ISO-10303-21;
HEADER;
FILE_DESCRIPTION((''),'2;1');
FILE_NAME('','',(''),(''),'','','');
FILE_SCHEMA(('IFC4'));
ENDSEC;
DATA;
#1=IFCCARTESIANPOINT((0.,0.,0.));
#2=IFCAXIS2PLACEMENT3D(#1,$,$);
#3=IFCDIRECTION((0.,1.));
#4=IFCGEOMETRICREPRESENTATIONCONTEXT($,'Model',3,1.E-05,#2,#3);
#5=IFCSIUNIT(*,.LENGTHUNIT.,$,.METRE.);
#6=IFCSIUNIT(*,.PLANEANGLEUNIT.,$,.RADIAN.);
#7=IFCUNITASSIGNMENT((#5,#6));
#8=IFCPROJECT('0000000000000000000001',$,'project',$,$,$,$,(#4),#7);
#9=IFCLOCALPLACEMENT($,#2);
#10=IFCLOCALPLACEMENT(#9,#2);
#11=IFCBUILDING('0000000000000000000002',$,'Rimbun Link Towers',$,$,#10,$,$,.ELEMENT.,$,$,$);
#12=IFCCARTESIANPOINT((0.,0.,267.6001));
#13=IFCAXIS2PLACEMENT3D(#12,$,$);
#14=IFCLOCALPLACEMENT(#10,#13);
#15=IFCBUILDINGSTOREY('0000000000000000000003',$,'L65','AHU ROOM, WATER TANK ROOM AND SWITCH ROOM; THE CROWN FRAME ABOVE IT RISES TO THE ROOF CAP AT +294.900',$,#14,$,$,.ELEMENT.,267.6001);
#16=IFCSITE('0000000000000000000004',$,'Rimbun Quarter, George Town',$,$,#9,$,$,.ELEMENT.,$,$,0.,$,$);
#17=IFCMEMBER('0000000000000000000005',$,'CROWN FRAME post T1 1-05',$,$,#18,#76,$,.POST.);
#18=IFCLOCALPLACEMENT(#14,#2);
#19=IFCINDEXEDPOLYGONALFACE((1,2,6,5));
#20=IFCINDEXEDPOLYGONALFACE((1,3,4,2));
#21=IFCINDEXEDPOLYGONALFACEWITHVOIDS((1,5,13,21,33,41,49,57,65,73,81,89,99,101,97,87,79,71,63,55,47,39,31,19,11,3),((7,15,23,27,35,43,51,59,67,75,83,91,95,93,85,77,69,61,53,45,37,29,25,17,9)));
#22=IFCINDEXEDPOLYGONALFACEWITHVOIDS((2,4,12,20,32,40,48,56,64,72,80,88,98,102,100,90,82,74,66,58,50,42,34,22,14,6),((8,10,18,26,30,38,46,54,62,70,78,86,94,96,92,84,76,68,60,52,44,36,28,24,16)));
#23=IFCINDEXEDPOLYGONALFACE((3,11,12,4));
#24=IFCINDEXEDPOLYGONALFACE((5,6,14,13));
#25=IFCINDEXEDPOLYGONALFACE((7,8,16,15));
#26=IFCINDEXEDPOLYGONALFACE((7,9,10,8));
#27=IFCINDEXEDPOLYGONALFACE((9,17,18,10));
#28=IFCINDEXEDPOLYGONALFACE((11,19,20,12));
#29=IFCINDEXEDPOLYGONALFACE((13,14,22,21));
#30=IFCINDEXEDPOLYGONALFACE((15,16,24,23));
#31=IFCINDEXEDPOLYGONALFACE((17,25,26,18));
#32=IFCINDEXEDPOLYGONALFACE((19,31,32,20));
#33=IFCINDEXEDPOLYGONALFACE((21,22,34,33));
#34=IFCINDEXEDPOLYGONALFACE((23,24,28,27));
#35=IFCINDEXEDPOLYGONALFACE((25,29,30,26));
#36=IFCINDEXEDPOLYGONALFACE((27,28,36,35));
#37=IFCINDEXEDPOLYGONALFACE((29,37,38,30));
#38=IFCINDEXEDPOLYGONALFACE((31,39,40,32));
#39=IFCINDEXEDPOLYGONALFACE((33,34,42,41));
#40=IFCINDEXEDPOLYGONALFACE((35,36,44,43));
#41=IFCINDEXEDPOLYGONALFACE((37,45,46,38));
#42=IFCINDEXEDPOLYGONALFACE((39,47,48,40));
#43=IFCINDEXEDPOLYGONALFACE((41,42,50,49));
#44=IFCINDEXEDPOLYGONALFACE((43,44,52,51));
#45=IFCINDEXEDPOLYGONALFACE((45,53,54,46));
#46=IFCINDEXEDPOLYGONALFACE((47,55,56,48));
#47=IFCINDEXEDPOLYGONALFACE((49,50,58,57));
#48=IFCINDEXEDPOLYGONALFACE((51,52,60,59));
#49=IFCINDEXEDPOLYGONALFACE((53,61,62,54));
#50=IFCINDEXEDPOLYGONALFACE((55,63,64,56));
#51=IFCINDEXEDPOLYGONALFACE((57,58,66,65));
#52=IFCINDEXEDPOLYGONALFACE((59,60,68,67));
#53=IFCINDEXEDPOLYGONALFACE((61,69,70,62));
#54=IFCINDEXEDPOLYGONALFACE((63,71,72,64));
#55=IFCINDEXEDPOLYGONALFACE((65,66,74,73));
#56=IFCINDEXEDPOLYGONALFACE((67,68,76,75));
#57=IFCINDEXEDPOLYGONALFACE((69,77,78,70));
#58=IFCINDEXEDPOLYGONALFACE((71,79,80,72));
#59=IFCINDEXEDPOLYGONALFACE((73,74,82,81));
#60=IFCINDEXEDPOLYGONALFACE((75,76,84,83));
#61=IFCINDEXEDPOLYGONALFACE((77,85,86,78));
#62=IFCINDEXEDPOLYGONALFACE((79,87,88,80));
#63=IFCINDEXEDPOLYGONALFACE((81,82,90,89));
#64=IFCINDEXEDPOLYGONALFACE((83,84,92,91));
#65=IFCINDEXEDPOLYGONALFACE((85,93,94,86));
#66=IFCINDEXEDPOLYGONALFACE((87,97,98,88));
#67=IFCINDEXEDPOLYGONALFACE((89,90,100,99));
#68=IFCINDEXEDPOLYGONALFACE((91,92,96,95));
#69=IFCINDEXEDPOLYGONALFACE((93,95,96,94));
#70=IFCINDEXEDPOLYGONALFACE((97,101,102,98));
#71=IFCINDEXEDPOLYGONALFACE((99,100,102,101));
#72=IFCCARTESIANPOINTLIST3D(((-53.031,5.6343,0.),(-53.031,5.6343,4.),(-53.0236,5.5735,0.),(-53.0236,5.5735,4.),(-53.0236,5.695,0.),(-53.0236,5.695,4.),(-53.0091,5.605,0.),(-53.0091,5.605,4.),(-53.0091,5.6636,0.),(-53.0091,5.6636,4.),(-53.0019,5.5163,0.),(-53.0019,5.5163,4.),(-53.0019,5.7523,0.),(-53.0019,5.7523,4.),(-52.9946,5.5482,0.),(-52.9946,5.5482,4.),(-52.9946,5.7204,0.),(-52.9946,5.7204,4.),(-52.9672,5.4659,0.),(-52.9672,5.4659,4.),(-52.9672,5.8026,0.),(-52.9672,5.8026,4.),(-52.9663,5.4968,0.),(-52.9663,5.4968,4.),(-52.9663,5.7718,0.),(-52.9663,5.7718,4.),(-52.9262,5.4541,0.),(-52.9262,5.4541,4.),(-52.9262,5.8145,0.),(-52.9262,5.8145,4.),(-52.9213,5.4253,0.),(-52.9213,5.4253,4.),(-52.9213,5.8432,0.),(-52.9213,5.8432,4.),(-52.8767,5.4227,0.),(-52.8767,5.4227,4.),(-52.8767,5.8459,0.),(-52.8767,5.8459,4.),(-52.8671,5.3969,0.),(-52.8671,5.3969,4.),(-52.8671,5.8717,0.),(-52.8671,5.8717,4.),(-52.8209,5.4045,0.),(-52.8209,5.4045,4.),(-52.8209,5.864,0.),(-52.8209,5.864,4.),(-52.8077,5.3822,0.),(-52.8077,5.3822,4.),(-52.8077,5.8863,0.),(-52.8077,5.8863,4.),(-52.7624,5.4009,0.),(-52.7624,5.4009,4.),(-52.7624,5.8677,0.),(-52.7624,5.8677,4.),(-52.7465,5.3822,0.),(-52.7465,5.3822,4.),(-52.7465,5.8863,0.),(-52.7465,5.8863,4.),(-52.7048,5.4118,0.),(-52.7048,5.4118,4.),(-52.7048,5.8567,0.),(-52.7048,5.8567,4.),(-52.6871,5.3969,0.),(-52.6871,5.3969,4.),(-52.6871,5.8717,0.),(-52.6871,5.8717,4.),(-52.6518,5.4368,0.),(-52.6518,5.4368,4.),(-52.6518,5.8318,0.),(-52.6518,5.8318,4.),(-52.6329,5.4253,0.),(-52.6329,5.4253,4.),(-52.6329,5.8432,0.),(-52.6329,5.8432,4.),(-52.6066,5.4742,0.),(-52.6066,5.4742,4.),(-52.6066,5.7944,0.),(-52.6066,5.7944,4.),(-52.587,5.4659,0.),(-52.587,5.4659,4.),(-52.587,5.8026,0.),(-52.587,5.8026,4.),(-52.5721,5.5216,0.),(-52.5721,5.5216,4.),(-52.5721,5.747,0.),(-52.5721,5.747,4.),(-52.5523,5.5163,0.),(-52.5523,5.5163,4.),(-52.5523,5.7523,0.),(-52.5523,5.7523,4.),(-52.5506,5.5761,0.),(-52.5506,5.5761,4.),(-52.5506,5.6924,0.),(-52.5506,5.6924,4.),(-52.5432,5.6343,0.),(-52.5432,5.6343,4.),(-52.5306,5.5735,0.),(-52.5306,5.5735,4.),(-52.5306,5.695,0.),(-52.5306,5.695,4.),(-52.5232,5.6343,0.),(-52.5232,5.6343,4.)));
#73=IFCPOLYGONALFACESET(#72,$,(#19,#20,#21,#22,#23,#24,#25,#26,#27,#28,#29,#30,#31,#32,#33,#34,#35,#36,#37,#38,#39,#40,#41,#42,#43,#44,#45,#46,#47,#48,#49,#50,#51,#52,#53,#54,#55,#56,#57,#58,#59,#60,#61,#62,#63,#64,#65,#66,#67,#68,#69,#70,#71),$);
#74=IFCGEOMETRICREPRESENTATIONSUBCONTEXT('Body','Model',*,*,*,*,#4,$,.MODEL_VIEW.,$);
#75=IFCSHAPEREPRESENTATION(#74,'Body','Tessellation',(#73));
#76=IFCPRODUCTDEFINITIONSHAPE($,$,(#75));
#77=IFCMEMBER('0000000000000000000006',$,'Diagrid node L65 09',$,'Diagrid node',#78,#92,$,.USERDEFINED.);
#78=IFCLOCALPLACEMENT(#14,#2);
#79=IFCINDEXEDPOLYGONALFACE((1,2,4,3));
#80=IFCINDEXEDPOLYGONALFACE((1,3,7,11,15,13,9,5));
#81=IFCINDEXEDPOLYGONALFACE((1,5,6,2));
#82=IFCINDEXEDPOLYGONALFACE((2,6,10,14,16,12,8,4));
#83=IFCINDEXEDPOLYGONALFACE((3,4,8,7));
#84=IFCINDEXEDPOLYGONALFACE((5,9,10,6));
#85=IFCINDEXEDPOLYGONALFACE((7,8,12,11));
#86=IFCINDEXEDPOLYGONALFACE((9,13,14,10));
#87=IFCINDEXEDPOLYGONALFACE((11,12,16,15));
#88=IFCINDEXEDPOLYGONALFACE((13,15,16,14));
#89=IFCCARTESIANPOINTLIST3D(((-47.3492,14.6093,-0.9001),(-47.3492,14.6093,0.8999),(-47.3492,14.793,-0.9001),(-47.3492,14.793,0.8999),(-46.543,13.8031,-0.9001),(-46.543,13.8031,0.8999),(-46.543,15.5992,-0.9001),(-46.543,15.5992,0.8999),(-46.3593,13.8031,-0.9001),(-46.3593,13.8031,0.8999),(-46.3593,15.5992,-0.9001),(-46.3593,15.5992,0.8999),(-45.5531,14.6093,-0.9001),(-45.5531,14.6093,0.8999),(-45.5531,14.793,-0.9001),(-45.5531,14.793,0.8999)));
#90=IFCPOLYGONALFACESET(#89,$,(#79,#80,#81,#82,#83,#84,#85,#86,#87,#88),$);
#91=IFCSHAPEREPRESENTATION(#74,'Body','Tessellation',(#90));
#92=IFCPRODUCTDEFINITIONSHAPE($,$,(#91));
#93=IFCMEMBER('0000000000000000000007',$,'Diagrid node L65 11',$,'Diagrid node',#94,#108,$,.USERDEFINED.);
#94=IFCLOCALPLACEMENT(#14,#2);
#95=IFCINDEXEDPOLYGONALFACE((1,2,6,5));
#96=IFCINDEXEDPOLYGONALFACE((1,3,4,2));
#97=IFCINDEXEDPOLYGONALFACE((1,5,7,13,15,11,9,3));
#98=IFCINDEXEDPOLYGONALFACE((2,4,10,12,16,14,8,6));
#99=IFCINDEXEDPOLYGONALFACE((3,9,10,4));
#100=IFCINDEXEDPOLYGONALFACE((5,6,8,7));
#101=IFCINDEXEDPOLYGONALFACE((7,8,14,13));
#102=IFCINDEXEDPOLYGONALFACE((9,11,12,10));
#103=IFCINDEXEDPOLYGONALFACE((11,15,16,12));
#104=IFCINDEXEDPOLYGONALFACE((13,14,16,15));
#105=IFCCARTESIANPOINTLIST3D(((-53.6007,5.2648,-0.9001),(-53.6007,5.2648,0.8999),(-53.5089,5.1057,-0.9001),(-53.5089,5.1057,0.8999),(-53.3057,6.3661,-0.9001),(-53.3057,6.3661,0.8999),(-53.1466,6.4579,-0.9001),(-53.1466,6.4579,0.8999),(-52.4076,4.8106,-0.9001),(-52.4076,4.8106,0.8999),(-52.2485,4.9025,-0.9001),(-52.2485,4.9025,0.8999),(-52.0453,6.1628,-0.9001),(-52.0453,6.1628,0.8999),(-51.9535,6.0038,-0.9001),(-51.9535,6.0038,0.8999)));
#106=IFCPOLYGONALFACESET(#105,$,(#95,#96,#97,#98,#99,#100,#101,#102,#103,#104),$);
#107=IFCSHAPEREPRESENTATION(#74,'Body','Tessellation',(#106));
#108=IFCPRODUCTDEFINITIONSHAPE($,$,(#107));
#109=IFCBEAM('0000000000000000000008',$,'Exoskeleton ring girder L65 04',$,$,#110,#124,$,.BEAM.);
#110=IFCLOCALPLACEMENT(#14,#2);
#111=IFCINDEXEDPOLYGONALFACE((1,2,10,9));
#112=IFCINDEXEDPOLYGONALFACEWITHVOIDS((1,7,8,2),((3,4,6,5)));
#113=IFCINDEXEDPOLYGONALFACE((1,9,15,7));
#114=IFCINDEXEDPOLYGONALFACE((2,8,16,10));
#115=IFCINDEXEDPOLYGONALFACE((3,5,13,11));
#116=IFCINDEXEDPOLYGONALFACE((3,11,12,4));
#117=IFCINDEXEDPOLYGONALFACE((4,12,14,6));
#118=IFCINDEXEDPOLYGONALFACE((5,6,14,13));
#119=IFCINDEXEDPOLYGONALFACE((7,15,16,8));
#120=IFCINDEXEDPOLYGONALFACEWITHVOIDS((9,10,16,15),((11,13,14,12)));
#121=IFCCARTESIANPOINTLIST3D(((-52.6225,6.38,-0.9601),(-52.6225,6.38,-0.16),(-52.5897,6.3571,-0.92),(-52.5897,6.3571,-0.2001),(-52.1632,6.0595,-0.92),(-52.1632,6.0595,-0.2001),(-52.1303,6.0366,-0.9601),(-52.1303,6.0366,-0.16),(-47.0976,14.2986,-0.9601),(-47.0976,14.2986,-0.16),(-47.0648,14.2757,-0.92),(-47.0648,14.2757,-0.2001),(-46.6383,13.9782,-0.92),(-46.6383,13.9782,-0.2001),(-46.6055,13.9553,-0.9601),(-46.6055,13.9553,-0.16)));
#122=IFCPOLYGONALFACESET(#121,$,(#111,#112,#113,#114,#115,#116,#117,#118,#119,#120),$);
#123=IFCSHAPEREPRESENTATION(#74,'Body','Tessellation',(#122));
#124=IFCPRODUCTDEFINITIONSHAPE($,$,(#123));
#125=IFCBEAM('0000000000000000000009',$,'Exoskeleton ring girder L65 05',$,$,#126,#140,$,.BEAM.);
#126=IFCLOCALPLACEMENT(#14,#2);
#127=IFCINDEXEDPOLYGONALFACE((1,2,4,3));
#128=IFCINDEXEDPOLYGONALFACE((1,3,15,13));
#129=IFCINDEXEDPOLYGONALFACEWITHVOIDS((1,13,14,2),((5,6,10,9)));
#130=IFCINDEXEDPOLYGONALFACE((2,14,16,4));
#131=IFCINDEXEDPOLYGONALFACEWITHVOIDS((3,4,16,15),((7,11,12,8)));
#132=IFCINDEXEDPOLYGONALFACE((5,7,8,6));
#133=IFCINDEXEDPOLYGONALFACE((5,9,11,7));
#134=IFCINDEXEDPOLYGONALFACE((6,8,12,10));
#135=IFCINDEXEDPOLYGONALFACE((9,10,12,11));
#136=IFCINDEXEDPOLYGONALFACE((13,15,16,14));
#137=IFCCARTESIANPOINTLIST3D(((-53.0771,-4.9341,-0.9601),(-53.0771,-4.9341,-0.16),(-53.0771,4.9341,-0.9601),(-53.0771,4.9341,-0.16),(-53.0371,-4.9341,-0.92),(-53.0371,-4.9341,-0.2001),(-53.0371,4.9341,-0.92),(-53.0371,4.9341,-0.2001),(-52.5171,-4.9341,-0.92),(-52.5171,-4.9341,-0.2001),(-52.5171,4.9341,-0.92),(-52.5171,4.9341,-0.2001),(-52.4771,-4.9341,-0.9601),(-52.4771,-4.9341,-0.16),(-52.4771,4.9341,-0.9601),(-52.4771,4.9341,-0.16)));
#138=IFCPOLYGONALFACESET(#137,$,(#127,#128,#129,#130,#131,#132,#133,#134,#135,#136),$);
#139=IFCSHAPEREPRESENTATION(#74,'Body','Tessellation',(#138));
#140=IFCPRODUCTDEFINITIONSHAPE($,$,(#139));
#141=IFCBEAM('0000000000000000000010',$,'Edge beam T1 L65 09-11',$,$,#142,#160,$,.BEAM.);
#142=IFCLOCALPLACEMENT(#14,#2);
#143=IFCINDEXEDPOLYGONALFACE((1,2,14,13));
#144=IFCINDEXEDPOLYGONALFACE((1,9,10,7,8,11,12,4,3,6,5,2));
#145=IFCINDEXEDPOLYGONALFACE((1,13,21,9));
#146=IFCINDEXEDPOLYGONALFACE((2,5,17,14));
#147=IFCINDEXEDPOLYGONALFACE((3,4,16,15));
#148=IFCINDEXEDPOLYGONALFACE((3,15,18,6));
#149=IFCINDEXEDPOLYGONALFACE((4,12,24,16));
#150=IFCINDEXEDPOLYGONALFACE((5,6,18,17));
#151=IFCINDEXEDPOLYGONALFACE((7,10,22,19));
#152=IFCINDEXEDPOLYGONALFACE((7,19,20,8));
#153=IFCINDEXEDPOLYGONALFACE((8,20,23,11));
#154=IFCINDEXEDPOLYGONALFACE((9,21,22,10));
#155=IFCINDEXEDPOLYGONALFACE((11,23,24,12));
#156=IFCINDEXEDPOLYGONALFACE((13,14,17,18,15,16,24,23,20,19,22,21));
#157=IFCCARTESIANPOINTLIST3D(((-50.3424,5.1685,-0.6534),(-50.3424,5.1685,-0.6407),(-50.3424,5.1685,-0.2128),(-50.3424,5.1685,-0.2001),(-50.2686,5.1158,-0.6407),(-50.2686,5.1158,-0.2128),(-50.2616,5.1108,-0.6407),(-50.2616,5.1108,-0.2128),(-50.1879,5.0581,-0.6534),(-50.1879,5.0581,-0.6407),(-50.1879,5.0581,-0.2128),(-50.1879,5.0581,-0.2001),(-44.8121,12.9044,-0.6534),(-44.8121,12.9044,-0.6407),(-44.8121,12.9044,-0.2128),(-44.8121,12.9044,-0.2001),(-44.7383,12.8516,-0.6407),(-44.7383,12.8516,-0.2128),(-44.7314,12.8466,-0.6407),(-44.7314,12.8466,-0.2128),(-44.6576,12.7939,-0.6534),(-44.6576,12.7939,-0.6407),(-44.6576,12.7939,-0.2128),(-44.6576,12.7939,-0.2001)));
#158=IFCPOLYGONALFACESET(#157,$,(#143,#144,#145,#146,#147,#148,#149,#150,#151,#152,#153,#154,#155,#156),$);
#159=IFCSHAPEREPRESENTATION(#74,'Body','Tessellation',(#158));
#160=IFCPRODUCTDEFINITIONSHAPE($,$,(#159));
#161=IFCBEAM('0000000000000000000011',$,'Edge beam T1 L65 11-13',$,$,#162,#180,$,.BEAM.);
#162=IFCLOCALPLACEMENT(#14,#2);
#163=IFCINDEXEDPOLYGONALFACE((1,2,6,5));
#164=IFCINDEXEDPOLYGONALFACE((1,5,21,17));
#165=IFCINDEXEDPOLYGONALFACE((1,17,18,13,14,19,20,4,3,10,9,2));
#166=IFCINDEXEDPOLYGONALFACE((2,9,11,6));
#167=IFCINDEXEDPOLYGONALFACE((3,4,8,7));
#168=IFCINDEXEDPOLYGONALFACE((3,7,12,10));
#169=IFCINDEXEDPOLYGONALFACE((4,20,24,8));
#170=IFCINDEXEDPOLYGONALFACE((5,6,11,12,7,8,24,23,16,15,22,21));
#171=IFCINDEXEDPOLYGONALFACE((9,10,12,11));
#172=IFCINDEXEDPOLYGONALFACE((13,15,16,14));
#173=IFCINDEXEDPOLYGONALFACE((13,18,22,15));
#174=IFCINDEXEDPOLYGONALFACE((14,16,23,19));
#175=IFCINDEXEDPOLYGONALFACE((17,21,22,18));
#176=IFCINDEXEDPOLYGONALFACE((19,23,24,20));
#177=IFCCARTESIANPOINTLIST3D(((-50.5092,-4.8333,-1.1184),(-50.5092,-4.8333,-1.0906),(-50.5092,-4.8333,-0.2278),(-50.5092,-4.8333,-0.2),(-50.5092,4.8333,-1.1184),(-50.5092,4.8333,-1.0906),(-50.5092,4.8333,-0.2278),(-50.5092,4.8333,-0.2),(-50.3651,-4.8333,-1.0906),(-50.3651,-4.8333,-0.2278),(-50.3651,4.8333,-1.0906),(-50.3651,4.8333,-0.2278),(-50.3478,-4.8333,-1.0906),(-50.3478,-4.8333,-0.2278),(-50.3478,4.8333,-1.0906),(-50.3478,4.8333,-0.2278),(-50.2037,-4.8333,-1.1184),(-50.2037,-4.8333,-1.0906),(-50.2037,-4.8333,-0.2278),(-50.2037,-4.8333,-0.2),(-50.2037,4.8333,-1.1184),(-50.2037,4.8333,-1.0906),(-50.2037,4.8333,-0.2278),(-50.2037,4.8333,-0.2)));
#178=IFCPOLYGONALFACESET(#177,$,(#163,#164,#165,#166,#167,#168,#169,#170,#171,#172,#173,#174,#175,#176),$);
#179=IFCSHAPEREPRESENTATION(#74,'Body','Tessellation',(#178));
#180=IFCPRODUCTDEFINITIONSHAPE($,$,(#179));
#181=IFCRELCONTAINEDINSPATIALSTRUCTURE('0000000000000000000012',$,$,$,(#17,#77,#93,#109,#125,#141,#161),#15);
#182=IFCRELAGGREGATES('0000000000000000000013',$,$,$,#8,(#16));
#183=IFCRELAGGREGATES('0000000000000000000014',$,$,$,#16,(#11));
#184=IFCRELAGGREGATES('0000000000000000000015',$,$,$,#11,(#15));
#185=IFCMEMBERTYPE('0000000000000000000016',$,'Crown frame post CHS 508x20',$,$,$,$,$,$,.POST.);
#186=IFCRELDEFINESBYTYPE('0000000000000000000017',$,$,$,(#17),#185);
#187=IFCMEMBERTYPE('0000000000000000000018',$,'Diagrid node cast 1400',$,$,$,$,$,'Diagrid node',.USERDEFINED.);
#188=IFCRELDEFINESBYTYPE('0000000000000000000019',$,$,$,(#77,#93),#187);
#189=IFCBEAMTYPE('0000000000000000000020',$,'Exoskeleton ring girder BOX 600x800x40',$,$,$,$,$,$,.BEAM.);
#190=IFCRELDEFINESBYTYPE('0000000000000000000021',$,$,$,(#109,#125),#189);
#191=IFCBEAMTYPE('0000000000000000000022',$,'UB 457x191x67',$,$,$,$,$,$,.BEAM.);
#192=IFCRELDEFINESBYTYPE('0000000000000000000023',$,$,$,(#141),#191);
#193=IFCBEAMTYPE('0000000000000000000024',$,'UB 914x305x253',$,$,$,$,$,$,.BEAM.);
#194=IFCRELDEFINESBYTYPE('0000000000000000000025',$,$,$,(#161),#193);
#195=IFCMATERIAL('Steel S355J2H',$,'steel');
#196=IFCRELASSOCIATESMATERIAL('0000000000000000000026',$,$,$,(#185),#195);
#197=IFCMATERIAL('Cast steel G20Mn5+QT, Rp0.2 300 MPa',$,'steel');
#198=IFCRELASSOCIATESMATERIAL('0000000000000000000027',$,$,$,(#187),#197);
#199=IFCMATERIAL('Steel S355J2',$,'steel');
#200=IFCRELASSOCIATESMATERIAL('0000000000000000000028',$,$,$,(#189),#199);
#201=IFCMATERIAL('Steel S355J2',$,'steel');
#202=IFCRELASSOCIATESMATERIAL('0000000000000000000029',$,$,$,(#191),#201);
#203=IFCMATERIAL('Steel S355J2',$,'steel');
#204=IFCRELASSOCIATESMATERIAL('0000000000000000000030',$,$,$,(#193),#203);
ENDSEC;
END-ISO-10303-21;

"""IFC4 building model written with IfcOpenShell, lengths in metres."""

from ifc_helpers import new_model, si_unit, direction, frame, origin, origin_2d, place, context, subcontext, project, spatial, polyline, hollow_rectangle, hollow_circle, i_section, outline, extrude, material, material_profile, profile_set, type_object, element, save


model = new_model("IFC4")

# Units and contexts
model_context = context("Model", 3, precision=1e-05, world=origin(), true_north=direction((0.0, 1.0)))
body_context = subcontext(model_context, "Body", "Model", "MODEL_VIEW")
ifc_project = project(units=[si_unit("LENGTHUNIT", "METRE"), si_unit("PLANEANGLEUNIT", "RADIAN")], contexts=[model_context])

# Site, building, storey
site_placement = place(None, origin())
site = spatial("IfcSite", under=ifc_project, at=site_placement, Name="Rimbun Quarter, George Town", CompositionType="ELEMENT", RefElevation=0.0)
building_placement = place(site_placement, origin())
building = spatial("IfcBuilding", under=site, at=building_placement, Name="Rimbun Link Towers", CompositionType="ELEMENT")
storey_placement = place(building_placement, frame((0.0, 0.0, 267.6001)))
storey = spatial("IfcBuildingStorey", under=building, at=storey_placement, Name="L65", Description="AHU ROOM, WATER TANK ROOM AND SWITCH ROOM; THE CROWN FRAME ABOVE IT RISES TO THE ROOF CAP AT +294.900", CompositionType="ELEMENT", Elevation=267.6001)

# Members
ifc_material_1 = material(Name="Steel S355J2H", Category="steel")
ifc_material_profile_1 = material_profile(ifc_material_1, hollow_circle(Radius=0.2539, WallThickness=0.02, at=origin_2d()), Name="Crown frame post CHS 508x20")
ifc_profile_set_1 = profile_set([ifc_material_profile_1], Name="Steel S355J2H")
member_type_1 = type_object("IfcMemberType", Name="Crown frame post CHS 508x20", PredefinedType="POST", material=ifc_profile_set_1)
for number, where, z_axis, x_axis, name in (
    (1, (-52.7771, 5.6343, 0.0), (0.0, 0.0, 1.0), (1.0, 0.0, 0.0), "CROWN FRAME post T1 1-05"),
):
    element("IfcMember", number, at=place(storey_placement, frame(where, z_axis=z_axis, x_axis=x_axis)), inside=storey, type_object=member_type_1, Name=name, PredefinedType="POST", context=body_context, shape_type="SweptSolid", body=[
        extrude(hollow_circle(Radius=0.2539, WallThickness=0.02, at=origin_2d()), origin(), (0.0, 0.0, 1.0), 4.0),
    ])
ifc_material_2 = material(Name="Cast steel G20Mn5+QT, Rp0.2 300 MPa", Category="steel")
ifc_material_profile_2 = material_profile(ifc_material_2, outline(polyline([(0.7, -0.5701), (0.7, 0.5701), (0.5701, 0.7), (-0.5701, 0.7), (-0.7, 0.5701), (-0.7, -0.5701), (-0.5701, -0.7), (0.5701, -0.7), (0.7, -0.5701)])), Name="NODE 1400x1400")
ifc_profile_set_2 = profile_set([ifc_material_profile_2], Name="Cast steel G20Mn5+QT, Rp0.2 300 MPa")
member_type_2 = type_object("IfcMemberType", Name="Diagrid node cast 1400", ElementType="Diagrid node", PredefinedType="USERDEFINED", material=ifc_profile_set_2)
for number, where, z_axis, x_axis, name in (
    (2, (-46.4512, 14.7012, -0.9001), (0.0, 0.0, 1.0), (-0.707107, 0.707107, 0.0), "Diagrid node L65 09"),
    (3, (-52.7771, 5.6343, -0.9001), (0.0, 0.0, 1.0), (-0.965926, 0.258819, 0.0), "Diagrid node L65 11"),
):
    element("IfcMember", number, at=place(storey_placement, frame(where, z_axis=z_axis, x_axis=x_axis)), inside=storey, type_object=member_type_2, Name=name, ObjectType="Diagrid node", PredefinedType="USERDEFINED", context=body_context, shape_type="SweptSolid", body=[
        extrude(outline(polyline([(0.7, -0.5701), (0.7, 0.5701), (0.5701, 0.7), (-0.5701, 0.7), (-0.7, 0.5701), (-0.7, -0.5701), (-0.5701, -0.7), (0.5701, -0.7), (0.7, -0.5701)])), origin(), (0.0, 0.0, 1.0), 1.8),
    ])

# Beams
ifc_material_3 = material(Name="Steel S355J2", Category="steel")
ifc_material_profile_3 = material_profile(ifc_material_3, hollow_rectangle(XDim=0.6001, YDim=0.8, WallThickness=0.04, at=origin_2d()), Name="Exoskeleton ring girder BOX 600x800x40")
ifc_profile_set_3 = profile_set([ifc_material_profile_3], Name="Steel S355J2")
beam_type_1 = type_object("IfcBeamType", Name="Exoskeleton ring girder BOX 600x800x40", PredefinedType="BEAM", material=ifc_profile_set_3)
beam_1_placement = place(storey_placement, frame((-46.8516, 14.127, -0.5601), z_axis=(-0.572197, -0.820116, 0.0), x_axis=(0.820116, -0.572197, 0.0)))
element("IfcBeam", 4, at=beam_1_placement, inside=storey, type_object=beam_type_1, Name="Exoskeleton ring girder L65 04", PredefinedType="BEAM", context=body_context, shape_type="SweptSolid", body=[
    extrude(hollow_rectangle(XDim=0.6001, YDim=0.8, WallThickness=0.04, at=origin_2d()), origin(), (0.0, 0.0, 1.0), 9.6555),
])
beam_2_placement = place(storey_placement, frame((-52.7771, 4.9341, -0.5601), z_axis=(0.0, -1.0, 0.0), x_axis=(1.0, 0.0, 0.0)))
element("IfcBeam", 5, at=beam_2_placement, inside=storey, type_object=beam_type_1, Name="Exoskeleton ring girder L65 05", PredefinedType="BEAM", context=body_context, shape_type="SweptSolid", body=[
    extrude(hollow_rectangle(XDim=0.6001, YDim=0.8, WallThickness=0.04, at=origin_2d()), origin(), (0.0, 0.0, 1.0), 9.8682),
])
ifc_material_4 = material(Name="Steel S355J2", Category="steel")
ifc_material_profile_4 = material_profile(ifc_material_4, i_section(OverallWidth=0.1899, OverallDepth=0.4534, WebThickness=0.0085, FlangeThickness=0.0127, at=origin_2d()), Name="UB 457x191x67")
ifc_profile_set_4 = profile_set([ifc_material_profile_4], Name="Steel S355J2")
beam_type_2 = type_object("IfcBeamType", Name="UB 457x191x67", PredefinedType="BEAM", material=ifc_profile_set_4)
beam_3_placement = place(storey_placement, frame((-44.7349, 12.8491, -0.4268), z_axis=(-0.581564, -0.813501, 0.0), x_axis=(0.813501, -0.581564, 0.0)))
element("IfcBeam", 6, at=beam_3_placement, inside=storey, type_object=beam_type_2, Name="Edge beam T1 L65 09-11", PredefinedType="BEAM", context=body_context, shape_type="SweptSolid", body=[
    extrude(i_section(OverallWidth=0.1899, OverallDepth=0.4534, WebThickness=0.0085, FlangeThickness=0.0127, at=origin_2d()), origin(), (0.0, 0.0, 1.0), 9.5093),
])
ifc_material_5 = material(Name="Steel S355J2", Category="steel")
ifc_material_profile_5 = material_profile(ifc_material_5, i_section(OverallWidth=0.3054, OverallDepth=0.9185, WebThickness=0.0173, FlangeThickness=0.0278, at=origin_2d()), Name="UB 914x305x253")
ifc_profile_set_5 = profile_set([ifc_material_profile_5], Name="Steel S355J2")
beam_type_3 = type_object("IfcBeamType", Name="UB 914x305x253", PredefinedType="BEAM", material=ifc_profile_set_5)
beam_4_placement = place(storey_placement, frame((-50.3564, 4.8333, -0.6592), z_axis=(0.0, -1.0, 0.0), x_axis=(1.0, 0.0, 0.0)))
element("IfcBeam", 7, at=beam_4_placement, inside=storey, type_object=beam_type_3, Name="Edge beam T1 L65 11-13", PredefinedType="BEAM", context=body_context, shape_type="SweptSolid", body=[
    extrude(i_section(OverallWidth=0.3054, OverallDepth=0.9185, WebThickness=0.0173, FlangeThickness=0.0278, at=origin_2d()), origin(), (0.0, 0.0, 1.0), 9.6665),
])

save(model, "model.ifc")
